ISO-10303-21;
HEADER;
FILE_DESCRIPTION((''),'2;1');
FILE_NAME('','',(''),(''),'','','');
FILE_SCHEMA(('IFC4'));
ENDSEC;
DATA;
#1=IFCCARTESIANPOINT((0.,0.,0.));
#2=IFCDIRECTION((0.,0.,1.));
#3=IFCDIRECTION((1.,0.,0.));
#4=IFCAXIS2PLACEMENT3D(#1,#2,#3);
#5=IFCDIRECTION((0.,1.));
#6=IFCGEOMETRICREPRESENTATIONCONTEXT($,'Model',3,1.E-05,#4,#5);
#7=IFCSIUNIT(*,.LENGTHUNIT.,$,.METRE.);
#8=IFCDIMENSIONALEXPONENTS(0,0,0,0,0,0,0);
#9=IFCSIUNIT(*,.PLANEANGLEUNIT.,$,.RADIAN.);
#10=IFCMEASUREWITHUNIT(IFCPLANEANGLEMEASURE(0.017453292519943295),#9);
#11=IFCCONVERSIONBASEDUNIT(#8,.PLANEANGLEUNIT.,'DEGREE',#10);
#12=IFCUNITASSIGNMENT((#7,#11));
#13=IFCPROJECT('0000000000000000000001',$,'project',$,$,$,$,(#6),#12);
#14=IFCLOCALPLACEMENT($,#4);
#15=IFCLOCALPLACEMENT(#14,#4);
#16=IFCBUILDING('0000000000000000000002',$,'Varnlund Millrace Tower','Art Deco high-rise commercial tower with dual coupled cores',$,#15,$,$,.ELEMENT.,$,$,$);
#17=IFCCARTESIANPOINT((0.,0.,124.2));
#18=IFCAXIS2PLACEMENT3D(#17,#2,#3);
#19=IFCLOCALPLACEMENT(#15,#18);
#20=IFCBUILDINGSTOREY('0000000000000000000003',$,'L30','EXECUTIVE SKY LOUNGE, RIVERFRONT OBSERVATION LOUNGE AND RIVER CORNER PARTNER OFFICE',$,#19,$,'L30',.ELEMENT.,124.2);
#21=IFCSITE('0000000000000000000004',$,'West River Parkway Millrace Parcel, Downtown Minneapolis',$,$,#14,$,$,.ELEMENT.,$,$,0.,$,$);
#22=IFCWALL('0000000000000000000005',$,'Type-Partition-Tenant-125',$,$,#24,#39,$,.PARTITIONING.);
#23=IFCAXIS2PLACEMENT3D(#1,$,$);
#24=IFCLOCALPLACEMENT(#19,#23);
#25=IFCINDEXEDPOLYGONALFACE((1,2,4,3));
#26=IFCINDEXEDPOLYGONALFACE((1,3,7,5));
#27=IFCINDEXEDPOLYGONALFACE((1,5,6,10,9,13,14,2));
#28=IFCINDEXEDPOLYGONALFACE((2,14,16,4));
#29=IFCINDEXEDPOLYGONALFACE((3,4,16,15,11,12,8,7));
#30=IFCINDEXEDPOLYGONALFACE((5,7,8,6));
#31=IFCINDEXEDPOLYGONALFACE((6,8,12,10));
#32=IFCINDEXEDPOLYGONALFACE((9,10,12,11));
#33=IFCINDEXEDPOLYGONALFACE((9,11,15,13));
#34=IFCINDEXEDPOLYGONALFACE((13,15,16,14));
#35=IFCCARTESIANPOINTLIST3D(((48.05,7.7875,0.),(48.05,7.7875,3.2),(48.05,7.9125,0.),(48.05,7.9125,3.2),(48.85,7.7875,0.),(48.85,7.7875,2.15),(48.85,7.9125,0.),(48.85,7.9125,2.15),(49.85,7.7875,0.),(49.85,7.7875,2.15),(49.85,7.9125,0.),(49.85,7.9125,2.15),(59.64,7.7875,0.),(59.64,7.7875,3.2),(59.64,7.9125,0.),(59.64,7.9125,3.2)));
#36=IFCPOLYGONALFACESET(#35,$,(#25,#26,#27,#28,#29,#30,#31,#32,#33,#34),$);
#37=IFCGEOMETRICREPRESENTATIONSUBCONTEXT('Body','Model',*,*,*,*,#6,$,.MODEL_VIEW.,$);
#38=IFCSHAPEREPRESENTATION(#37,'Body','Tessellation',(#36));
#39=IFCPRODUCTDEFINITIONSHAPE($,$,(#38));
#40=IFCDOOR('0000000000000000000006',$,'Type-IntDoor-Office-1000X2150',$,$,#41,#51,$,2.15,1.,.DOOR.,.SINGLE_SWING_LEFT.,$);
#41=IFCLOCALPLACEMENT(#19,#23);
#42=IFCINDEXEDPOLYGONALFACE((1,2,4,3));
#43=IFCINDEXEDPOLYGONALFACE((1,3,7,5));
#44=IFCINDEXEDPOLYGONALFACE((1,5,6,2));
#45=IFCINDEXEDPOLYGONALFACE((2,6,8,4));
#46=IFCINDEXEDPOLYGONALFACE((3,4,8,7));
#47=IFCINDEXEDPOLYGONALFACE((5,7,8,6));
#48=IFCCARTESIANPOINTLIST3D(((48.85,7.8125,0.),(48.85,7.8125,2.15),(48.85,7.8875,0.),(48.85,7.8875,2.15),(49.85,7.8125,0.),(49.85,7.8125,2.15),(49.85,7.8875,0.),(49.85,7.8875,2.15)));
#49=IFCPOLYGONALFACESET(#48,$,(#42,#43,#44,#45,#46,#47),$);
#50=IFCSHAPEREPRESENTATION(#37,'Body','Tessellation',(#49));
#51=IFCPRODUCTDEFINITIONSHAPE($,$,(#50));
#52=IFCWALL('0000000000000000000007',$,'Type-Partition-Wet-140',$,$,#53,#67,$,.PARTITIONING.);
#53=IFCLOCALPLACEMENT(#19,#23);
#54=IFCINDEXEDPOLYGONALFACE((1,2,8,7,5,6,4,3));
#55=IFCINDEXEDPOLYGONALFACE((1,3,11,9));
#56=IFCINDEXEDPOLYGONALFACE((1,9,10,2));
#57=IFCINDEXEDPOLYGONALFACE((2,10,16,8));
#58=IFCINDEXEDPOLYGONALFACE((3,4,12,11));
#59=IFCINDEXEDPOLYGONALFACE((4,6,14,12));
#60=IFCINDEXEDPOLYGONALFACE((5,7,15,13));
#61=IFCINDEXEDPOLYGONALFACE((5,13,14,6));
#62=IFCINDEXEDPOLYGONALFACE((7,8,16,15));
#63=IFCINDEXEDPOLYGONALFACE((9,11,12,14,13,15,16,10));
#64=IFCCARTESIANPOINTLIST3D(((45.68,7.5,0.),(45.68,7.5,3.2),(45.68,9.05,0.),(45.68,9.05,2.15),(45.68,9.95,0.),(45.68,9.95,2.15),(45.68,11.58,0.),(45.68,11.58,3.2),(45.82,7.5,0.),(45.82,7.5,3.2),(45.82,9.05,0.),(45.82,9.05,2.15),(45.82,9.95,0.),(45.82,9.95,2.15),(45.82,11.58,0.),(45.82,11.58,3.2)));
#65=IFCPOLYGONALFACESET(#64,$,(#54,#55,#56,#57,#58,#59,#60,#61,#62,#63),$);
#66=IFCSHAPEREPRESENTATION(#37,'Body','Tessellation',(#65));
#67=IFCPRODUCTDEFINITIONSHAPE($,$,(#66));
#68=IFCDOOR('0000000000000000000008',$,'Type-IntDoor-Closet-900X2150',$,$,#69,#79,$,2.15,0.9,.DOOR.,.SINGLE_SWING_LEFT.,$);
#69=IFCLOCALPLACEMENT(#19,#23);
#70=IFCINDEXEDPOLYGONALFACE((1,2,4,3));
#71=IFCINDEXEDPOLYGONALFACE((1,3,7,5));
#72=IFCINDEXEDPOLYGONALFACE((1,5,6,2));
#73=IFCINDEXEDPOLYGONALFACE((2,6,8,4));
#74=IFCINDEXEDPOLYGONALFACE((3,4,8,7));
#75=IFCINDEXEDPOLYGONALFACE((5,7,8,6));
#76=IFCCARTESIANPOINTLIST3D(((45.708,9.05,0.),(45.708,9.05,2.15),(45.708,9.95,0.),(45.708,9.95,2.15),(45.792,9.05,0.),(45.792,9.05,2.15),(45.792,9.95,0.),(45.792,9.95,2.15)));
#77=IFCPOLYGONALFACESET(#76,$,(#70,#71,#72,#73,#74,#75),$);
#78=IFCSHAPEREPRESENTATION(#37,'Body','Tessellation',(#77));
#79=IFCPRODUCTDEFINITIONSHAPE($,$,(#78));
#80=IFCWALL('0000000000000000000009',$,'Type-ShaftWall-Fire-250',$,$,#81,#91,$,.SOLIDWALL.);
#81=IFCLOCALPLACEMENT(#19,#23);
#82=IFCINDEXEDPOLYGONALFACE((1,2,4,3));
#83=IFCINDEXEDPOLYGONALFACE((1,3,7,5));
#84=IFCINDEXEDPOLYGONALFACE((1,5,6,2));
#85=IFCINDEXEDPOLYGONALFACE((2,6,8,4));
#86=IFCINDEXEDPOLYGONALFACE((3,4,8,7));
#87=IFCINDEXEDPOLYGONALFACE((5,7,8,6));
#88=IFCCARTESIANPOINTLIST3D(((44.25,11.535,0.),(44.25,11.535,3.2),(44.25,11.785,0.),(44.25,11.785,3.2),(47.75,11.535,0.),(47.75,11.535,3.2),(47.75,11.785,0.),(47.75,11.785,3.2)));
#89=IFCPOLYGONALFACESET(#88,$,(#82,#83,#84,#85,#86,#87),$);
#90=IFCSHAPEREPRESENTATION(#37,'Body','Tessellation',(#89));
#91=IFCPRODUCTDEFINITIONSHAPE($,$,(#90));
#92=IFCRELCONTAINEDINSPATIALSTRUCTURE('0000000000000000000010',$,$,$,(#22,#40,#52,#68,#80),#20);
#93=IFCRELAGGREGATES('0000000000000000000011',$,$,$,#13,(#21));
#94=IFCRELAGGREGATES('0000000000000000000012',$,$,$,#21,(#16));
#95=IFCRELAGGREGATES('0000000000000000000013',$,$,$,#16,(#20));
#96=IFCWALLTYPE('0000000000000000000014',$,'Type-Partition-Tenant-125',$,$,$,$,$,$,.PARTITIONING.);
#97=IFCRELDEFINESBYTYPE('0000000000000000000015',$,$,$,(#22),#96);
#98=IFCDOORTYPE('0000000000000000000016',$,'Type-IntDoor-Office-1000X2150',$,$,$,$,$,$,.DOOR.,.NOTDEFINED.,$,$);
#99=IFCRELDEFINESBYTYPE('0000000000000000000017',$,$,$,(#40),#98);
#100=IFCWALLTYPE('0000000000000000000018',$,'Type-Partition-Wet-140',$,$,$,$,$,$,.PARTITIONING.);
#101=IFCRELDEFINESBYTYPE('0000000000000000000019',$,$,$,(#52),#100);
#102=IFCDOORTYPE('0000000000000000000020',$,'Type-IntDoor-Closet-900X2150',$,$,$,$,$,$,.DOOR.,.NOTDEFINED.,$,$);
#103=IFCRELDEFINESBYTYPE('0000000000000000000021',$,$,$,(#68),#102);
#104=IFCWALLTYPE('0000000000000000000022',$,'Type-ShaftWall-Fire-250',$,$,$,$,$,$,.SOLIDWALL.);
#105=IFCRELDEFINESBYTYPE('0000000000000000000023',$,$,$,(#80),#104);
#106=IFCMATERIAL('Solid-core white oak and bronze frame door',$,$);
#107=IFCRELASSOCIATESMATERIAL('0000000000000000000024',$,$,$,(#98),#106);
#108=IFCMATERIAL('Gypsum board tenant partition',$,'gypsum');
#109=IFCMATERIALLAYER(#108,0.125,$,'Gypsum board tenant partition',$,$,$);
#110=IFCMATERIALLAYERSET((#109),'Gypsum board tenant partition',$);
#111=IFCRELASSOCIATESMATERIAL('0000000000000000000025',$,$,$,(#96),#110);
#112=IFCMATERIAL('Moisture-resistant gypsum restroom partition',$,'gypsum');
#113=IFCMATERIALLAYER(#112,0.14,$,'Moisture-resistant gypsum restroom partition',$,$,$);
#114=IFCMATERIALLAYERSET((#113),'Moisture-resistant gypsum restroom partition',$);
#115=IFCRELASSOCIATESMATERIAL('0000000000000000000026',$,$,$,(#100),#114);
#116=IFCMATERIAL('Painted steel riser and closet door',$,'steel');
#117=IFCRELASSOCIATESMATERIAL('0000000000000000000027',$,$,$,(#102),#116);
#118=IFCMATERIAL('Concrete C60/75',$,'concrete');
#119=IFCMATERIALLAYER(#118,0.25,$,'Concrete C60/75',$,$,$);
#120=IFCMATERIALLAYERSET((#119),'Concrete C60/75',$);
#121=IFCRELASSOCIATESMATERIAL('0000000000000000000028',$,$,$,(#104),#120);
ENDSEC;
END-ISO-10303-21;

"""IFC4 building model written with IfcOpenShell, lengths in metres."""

from ifc_helpers import new_model, entity, si_unit, converted_unit, direction, frame, origin_with_axes, origin_2d_with_axis, place, context, subcontext, project, spatial, polyline, rectangle, outline, extrude, material, layer, layer_set, type_object, element, fill, save


model = new_model("IFC4")

# Units and contexts
model_context = context("Model", 3, precision=1e-05, world=origin_with_axes(), true_north=direction((0.0, 1.0)))
body_context = subcontext(model_context, "Body", "Model", "MODEL_VIEW")
ifc_project = project(units=[si_unit("LENGTHUNIT", "METRE"), converted_unit("PLANEANGLEUNIT", "DEGREE", entity("IfcPlaneAngleMeasure", 0.017453292519943295), si_unit("PLANEANGLEUNIT", "RADIAN"), dimensions=[0, 0, 0, 0, 0, 0, 0])], contexts=[model_context])

# Site, building, storey
site_placement = place(None, origin_with_axes())
site = spatial("IfcSite", under=ifc_project, at=site_placement, Name="West River Parkway Millrace Parcel, Downtown Minneapolis", CompositionType="ELEMENT", RefElevation=0.0)
building_placement = place(site_placement, origin_with_axes())
building = spatial("IfcBuilding", under=site, at=building_placement, Name="Varnlund Millrace Tower", Description="Art Deco high-rise commercial tower with dual coupled cores", CompositionType="ELEMENT")
storey_placement = place(building_placement, frame((0.0, 0.0, 124.2), z_axis=(0.0, 0.0, 1.0), x_axis=(1.0, 0.0, 0.0)))
storey = spatial("IfcBuildingStorey", under=building, at=storey_placement, Name="L30", Description="EXECUTIVE SKY LOUNGE, RIVERFRONT OBSERVATION LOUNGE AND RIVER CORNER PARTNER OFFICE", LongName="L30", CompositionType="ELEMENT", Elevation=124.2)

# Shared definitions
ifc_material_1 = material(Name="Solid-core white oak and bronze frame door")
door_type_1 = type_object("IfcDoorType", Name="Type-IntDoor-Office-1000X2150", OperationType="NOTDEFINED", PredefinedType="DOOR", material=ifc_material_1)

# Walls, openings, doors
ifc_material_2 = material(Name="Gypsum board tenant partition", Category="gypsum")
ifc_layer_1 = layer(ifc_material_2, 0.125, Name="Gypsum board tenant partition")
ifc_layer_set_1 = layer_set([ifc_layer_1], Name="Gypsum board tenant partition")
wall_type_1 = type_object("IfcWallType", Name="Type-Partition-Tenant-125", PredefinedType="PARTITIONING", material=ifc_layer_set_1)
wall_1_placement = place(storey_placement, frame((59.64, 7.85, 0.0), z_axis=(0.0, 0.0, 1.0), x_axis=(-1.0, 0.0, 0.0)))
wall_1 = element("IfcWall", 1, at=wall_1_placement, inside=storey, type_object=wall_type_1, Name="Type-Partition-Tenant-125", PredefinedType="PARTITIONING", context=body_context, shape_type="SweptSolid", body=[
    extrude(outline(polyline([(0.0, -0.0625), (11.59, -0.0625), (11.59, 0.0625), (0.0, 0.0625), (0.0, -0.0625)])), origin_with_axes(), (0.0, 0.0, 1.0), 3.2),
])
opening_1_placement = place(wall_1_placement, frame((10.29, 0.0, 0.0), z_axis=(0.0, 0.0, 1.0), x_axis=(1.0, 0.0, 0.0)))
opening_1 = element("IfcOpeningElement", 2, at=opening_1_placement, cuts=wall_1, PredefinedType="OPENING", context=body_context, shape_type="SweptSolid", body=[
    extrude(rectangle(XDim=1.0, YDim=0.145, at=origin_2d_with_axis()), origin_with_axes(), (0.0, 0.0, 1.0), 2.15),
])
door_1_placement = place(wall_1_placement, frame((10.29, 0.0, 0.0), z_axis=(0.0, 0.0, 1.0), x_axis=(1.0, 0.0, 0.0)))
door_1 = element("IfcDoor", 3, at=door_1_placement, inside=storey, type_object=door_type_1, Name="Type-IntDoor-Office-1000X2150", OperationType="SINGLE_SWING_LEFT", OverallHeight=2.15, OverallWidth=1.0, PredefinedType="DOOR", context=body_context, shape_type="SweptSolid", body=[
    extrude(rectangle(XDim=1.0, YDim=0.075, at=origin_2d_with_axis()), origin_with_axes(), (0.0, 0.0, 1.0), 2.15),
])
fill(opening_1, door_1)
ifc_material_3 = material(Name="Moisture-resistant gypsum restroom partition", Category="gypsum")
ifc_layer_2 = layer(ifc_material_3, 0.14, Name="Moisture-resistant gypsum restroom partition")
ifc_layer_set_2 = layer_set([ifc_layer_2], Name="Moisture-resistant gypsum restroom partition")
wall_type_2 = type_object("IfcWallType", Name="Type-Partition-Wet-140", PredefinedType="PARTITIONING", material=ifc_layer_set_2)
wall_2_placement = place(storey_placement, frame((45.75, 7.5, 0.0), z_axis=(0.0, 0.0, 1.0), x_axis=(0.0, 1.0, 0.0)))
wall_2 = element("IfcWall", 4, at=wall_2_placement, inside=storey, type_object=wall_type_2, Name="Type-Partition-Wet-140", PredefinedType="PARTITIONING", context=body_context, shape_type="SweptSolid", body=[
    extrude(outline(polyline([(0.0, -0.07), (4.08, -0.07), (4.08, 0.07), (0.0, 0.07), (0.0, -0.07)])), origin_with_axes(), (0.0, 0.0, 1.0), 3.2),
])
opening_2_placement = place(wall_2_placement, frame((2.0, 0.0, 0.0), z_axis=(0.0, 0.0, 1.0), x_axis=(1.0, 0.0, 0.0)))
opening_2 = element("IfcOpeningElement", 5, at=opening_2_placement, cuts=wall_2, PredefinedType="OPENING", context=body_context, shape_type="SweptSolid", body=[
    extrude(rectangle(XDim=0.9, YDim=0.16, at=origin_2d_with_axis()), origin_with_axes(), (0.0, 0.0, 1.0), 2.15),
])
ifc_material_4 = material(Name="Painted steel riser and closet door", Category="steel")
door_type_2 = type_object("IfcDoorType", Name="Type-IntDoor-Closet-900X2150", OperationType="NOTDEFINED", PredefinedType="DOOR", material=ifc_material_4)
door_2_placement = place(wall_2_placement, frame((2.0, 0.0, 0.0), z_axis=(0.0, 0.0, 1.0), x_axis=(1.0, 0.0, 0.0)))
door_2 = element("IfcDoor", 6, at=door_2_placement, inside=storey, type_object=door_type_2, Name="Type-IntDoor-Closet-900X2150", OperationType="SINGLE_SWING_LEFT", OverallHeight=2.15, OverallWidth=0.9, PredefinedType="DOOR", context=body_context, shape_type="SweptSolid", body=[
    extrude(rectangle(XDim=0.9, YDim=0.084, at=origin_2d_with_axis()), origin_with_axes(), (0.0, 0.0, 1.0), 2.15),
])
fill(opening_2, door_2)

# Wall
ifc_material_5 = material(Name="Concrete C60/75", Category="concrete")
ifc_layer_3 = layer(ifc_material_5, 0.25, Name="Concrete C60/75")
ifc_layer_set_3 = layer_set([ifc_layer_3], Name="Concrete C60/75")
wall_type_3 = type_object("IfcWallType", Name="Type-ShaftWall-Fire-250", PredefinedType="SOLIDWALL", material=ifc_layer_set_3)
wall_3_placement = place(storey_placement, frame((44.25, 11.66, 0.0), z_axis=(0.0, 0.0, 1.0), x_axis=(1.0, 0.0, 0.0)))
element("IfcWall", 7, at=wall_3_placement, inside=storey, type_object=wall_type_3, Name="Type-ShaftWall-Fire-250", PredefinedType="SOLIDWALL", context=body_context, shape_type="SweptSolid", body=[
    extrude(outline(polyline([(0.0, -0.125), (3.5, -0.125), (3.5, 0.125), (0.0, 0.125), (0.0, -0.125)])), origin_with_axes(), (0.0, 0.0, 1.0), 3.2),
])

save(model, "model.ifc")
